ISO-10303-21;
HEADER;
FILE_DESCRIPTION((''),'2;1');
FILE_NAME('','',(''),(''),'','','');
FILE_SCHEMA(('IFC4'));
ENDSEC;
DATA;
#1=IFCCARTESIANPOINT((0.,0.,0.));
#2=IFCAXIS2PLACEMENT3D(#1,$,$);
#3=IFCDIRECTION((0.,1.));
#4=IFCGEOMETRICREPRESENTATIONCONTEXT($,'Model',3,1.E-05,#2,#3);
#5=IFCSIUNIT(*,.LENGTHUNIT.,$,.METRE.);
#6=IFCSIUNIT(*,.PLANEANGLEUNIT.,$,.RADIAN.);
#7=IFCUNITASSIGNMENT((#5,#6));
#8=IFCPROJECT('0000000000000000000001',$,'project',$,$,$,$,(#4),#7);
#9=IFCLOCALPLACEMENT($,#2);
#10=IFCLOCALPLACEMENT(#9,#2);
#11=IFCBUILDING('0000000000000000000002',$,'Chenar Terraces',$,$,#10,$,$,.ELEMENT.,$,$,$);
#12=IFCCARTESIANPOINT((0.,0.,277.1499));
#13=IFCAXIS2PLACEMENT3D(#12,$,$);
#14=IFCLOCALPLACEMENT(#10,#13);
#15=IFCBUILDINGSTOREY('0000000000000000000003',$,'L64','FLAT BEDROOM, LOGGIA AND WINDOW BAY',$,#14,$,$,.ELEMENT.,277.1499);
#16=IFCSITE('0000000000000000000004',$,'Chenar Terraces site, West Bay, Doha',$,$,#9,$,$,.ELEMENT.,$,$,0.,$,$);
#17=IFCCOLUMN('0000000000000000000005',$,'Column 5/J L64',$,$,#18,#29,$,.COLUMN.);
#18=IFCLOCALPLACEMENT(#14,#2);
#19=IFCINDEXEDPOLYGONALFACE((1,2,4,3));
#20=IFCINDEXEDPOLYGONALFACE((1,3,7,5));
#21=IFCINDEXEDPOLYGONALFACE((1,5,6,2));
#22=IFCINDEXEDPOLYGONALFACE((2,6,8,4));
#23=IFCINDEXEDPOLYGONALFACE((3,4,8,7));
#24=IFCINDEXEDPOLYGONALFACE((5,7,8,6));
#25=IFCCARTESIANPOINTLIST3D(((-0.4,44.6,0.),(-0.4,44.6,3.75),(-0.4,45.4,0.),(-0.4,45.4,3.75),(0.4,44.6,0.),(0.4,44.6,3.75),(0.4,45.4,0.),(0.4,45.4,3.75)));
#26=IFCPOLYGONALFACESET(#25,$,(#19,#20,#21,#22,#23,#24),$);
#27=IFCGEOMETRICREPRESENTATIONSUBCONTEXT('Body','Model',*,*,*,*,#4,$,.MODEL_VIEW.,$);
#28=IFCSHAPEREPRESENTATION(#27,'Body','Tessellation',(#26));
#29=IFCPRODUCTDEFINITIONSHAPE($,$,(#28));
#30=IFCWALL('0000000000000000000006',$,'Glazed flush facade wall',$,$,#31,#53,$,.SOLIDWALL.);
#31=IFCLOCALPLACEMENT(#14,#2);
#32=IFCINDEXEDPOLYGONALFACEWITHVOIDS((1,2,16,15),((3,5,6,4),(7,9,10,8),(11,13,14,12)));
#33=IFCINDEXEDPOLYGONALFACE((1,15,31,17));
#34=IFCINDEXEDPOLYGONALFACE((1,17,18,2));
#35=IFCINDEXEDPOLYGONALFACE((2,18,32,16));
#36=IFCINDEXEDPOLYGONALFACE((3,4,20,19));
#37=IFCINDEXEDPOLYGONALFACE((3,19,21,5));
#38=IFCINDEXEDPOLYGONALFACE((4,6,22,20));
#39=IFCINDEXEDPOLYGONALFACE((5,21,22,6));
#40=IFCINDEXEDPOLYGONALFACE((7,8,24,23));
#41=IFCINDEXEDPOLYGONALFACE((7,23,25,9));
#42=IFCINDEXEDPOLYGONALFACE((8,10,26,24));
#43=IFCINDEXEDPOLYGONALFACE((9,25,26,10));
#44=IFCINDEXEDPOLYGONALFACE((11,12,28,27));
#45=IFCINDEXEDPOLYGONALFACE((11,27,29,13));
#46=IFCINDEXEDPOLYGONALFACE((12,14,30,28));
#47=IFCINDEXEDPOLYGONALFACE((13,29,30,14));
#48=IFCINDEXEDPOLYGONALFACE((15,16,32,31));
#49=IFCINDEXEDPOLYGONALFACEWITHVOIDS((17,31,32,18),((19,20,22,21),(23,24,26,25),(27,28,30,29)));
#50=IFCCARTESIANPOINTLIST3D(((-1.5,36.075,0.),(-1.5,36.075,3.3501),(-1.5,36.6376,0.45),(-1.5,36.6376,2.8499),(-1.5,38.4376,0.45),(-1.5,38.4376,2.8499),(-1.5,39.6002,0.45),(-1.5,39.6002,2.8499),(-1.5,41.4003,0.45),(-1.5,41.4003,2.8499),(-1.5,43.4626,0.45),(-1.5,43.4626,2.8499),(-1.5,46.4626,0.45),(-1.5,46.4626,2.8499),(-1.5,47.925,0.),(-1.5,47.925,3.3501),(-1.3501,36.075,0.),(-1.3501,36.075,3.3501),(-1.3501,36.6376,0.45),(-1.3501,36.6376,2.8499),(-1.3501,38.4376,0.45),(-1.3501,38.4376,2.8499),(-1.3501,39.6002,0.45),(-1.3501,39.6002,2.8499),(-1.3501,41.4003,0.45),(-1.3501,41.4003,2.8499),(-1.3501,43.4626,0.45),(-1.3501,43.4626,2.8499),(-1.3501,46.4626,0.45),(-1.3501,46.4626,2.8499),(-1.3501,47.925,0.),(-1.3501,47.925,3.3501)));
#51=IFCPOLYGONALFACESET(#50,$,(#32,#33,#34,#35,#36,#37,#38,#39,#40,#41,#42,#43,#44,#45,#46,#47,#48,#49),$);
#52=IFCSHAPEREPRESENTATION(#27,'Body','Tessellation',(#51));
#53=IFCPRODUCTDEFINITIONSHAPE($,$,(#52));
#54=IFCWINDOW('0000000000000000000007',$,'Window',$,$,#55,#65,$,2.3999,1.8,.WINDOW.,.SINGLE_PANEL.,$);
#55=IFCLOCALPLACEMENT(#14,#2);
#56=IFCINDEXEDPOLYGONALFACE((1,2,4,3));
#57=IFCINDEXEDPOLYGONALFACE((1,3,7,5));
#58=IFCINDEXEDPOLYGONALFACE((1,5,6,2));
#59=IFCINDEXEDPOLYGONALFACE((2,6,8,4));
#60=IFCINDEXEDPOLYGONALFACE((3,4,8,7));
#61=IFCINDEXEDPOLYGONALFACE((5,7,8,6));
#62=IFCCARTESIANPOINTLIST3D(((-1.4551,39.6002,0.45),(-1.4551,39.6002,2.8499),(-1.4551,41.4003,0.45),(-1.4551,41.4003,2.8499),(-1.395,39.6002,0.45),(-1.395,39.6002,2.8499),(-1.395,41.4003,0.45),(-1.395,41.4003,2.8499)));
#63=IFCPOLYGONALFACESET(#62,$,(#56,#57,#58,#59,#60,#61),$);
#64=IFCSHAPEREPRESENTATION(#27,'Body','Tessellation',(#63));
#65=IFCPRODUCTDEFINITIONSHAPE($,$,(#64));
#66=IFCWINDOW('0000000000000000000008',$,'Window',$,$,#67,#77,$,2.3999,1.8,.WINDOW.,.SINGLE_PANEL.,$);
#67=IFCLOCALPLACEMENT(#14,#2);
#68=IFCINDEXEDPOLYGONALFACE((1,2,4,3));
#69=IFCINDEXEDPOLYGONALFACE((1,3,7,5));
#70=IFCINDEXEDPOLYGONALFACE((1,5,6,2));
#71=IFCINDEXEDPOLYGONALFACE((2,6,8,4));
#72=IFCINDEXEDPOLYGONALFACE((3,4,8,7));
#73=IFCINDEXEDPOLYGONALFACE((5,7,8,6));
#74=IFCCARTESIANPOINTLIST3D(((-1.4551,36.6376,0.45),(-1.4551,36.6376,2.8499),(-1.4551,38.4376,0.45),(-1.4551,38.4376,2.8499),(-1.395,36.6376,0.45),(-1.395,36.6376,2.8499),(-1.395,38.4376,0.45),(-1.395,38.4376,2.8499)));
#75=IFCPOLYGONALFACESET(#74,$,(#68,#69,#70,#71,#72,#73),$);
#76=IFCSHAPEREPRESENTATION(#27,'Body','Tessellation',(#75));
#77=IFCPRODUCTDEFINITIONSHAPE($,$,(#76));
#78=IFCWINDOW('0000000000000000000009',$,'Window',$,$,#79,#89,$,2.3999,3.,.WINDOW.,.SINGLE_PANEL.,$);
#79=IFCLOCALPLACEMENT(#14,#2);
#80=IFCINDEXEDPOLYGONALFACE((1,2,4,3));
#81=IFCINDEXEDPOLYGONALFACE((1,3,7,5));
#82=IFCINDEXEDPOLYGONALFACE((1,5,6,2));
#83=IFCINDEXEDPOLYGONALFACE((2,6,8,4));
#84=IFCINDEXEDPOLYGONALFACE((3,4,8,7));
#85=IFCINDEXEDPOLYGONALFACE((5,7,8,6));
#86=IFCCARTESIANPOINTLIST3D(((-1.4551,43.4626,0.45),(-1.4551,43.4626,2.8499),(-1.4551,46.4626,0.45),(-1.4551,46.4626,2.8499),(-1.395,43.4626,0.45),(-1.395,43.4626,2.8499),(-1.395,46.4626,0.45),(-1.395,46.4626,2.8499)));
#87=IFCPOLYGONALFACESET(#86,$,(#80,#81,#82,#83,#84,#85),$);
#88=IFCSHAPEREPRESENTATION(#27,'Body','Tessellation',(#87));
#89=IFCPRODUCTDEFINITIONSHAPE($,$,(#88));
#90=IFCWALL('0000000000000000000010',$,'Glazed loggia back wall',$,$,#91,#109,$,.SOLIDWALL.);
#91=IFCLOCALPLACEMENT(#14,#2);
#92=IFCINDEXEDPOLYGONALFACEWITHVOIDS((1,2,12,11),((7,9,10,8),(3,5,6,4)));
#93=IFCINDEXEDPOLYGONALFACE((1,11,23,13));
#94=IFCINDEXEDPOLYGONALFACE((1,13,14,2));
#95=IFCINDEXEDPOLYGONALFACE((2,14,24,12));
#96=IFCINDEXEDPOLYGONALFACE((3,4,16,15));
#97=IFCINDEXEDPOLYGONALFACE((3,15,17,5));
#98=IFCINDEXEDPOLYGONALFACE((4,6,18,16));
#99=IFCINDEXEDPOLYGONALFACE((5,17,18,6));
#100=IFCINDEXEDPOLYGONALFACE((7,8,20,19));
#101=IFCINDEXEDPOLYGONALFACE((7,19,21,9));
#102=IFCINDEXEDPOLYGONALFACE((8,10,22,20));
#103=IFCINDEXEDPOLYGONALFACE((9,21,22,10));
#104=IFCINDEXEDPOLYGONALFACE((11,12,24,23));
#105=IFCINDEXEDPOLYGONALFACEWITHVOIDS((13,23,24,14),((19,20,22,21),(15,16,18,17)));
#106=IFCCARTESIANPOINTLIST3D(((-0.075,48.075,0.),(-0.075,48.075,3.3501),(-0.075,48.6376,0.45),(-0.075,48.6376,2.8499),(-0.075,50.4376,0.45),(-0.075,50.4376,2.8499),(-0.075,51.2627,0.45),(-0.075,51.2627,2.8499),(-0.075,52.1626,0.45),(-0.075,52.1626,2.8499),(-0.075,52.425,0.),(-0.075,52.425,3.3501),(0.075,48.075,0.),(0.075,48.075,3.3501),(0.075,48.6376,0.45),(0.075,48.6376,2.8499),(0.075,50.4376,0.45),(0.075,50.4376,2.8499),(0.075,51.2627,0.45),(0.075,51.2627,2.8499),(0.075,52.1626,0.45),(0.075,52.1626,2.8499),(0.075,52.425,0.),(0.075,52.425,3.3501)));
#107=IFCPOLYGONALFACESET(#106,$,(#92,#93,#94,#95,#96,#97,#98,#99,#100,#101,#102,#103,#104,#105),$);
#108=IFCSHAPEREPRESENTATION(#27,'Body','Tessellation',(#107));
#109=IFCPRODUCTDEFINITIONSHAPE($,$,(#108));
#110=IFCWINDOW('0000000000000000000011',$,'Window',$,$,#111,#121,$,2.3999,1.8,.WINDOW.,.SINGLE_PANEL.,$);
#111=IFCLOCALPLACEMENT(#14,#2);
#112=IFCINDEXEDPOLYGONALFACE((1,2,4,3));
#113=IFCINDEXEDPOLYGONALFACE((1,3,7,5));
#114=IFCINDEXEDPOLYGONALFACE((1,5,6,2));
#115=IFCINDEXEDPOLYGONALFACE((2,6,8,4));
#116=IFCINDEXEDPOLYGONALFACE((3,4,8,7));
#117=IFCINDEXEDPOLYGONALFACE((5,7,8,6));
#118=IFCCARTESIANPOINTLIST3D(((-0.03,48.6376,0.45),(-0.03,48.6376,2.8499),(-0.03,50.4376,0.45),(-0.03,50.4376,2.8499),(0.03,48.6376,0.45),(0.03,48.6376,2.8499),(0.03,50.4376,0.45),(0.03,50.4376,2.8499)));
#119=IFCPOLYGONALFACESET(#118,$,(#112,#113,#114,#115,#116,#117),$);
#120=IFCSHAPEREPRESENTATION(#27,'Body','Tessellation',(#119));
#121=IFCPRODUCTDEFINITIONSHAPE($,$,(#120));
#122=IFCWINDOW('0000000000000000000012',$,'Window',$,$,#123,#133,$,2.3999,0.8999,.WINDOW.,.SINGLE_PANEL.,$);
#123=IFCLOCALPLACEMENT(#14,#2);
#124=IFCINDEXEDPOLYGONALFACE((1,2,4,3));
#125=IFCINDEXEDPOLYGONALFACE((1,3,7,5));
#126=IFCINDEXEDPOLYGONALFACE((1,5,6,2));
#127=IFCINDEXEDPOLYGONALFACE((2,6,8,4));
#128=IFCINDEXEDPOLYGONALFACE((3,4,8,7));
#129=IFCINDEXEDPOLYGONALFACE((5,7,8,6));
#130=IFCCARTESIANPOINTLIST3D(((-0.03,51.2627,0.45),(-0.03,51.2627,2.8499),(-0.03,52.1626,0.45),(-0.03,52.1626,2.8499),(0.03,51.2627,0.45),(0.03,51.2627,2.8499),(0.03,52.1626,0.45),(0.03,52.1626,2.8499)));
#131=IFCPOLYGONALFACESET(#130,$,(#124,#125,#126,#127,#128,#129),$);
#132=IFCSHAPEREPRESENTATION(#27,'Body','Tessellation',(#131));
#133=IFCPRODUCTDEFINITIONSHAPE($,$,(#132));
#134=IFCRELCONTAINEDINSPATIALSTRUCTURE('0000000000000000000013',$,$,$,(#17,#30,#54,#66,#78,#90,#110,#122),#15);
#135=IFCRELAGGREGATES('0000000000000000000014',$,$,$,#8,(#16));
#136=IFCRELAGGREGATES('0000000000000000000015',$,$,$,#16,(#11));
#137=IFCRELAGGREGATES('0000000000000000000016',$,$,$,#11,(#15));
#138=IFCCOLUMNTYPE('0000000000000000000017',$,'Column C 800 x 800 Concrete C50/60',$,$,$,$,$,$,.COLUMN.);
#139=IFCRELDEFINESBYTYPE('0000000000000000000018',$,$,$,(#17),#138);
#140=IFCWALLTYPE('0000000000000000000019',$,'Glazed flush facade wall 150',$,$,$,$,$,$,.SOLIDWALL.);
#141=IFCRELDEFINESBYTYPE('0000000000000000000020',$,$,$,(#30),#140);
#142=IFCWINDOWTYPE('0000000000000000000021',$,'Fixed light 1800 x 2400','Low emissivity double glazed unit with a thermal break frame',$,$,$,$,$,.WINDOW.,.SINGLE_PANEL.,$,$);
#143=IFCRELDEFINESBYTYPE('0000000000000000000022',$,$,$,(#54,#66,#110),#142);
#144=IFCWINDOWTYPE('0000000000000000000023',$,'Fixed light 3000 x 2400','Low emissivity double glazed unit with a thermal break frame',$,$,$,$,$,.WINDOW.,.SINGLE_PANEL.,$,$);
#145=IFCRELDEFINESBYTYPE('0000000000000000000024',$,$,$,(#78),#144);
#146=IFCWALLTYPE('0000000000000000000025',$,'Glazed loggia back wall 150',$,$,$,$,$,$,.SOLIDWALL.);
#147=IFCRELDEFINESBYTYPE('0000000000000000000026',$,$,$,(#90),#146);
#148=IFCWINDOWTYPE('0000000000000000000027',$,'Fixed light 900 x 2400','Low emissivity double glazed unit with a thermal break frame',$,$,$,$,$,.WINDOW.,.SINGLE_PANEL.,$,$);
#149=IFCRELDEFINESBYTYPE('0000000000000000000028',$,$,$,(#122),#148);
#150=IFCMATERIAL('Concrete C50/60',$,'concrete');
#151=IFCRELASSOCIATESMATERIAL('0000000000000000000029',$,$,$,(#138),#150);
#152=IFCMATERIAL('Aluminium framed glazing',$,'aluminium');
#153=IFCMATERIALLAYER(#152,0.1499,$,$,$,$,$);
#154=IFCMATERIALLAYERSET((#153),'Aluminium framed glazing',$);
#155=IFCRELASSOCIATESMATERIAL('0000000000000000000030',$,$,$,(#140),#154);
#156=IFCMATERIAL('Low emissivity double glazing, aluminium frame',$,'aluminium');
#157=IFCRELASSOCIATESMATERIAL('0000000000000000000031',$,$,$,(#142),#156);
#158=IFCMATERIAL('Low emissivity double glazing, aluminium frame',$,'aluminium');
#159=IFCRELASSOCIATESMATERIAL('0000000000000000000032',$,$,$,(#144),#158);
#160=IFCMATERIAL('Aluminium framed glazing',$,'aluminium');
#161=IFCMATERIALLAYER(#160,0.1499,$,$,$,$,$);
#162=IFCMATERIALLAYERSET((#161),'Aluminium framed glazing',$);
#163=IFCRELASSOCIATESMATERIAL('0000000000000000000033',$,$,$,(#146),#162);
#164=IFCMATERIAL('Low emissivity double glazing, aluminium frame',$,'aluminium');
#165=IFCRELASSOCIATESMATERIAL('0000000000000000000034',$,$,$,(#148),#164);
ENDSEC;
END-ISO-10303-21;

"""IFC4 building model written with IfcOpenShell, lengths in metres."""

from ifc_helpers import new_model, si_unit, direction, frame, frame_2d, origin, origin_2d, place, context, subcontext, project, spatial, rectangle, extrude, material, layer, layer_set, material_profile, profile_set, type_object, element, fill, save


model = new_model("IFC4")

# Units and contexts
model_context = context("Model", 3, precision=1e-05, world=origin(), true_north=direction((0.0, 1.0)))
body_context = subcontext(model_context, "Body", "Model", "MODEL_VIEW")
ifc_project = project(units=[si_unit("LENGTHUNIT", "METRE"), si_unit("PLANEANGLEUNIT", "RADIAN")], contexts=[model_context])

# Site, building, storey
site_placement = place(None, origin())
site = spatial("IfcSite", under=ifc_project, at=site_placement, Name="Chenar Terraces site, West Bay, Doha", CompositionType="ELEMENT", RefElevation=0.0)
building_placement = place(site_placement, origin())
building = spatial("IfcBuilding", under=site, at=building_placement, Name="Chenar Terraces", CompositionType="ELEMENT")
storey_placement = place(building_placement, frame((0.0, 0.0, 277.1499)))
storey = spatial("IfcBuildingStorey", under=building, at=storey_placement, Name="L64", Description="FLAT BEDROOM, LOGGIA AND WINDOW BAY", CompositionType="ELEMENT", Elevation=277.1499)

# Column
ifc_material_1 = material(Name="Concrete C50/60", Category="concrete")
ifc_material_profile = material_profile(ifc_material_1, rectangle(XDim=0.8, YDim=0.8, at=origin_2d()), Name="C 800 x 800")
ifc_profile_set = profile_set([ifc_material_profile], Name="Concrete C50/60")
column_type = type_object("IfcColumnType", Name="Column C 800 x 800 Concrete C50/60", PredefinedType="COLUMN", material=ifc_profile_set)
column_placement = place(storey_placement, frame((0.0, 45.0, 0.0), z_axis=(0.0, 0.0, 1.0), x_axis=(1.0, 0.0, 0.0)))
element("IfcColumn", 1, at=column_placement, inside=storey, type_object=column_type, Name="Column 5/J L64", PredefinedType="COLUMN", context=body_context, shape_type="SweptSolid", body=[
    extrude(rectangle(XDim=0.8, YDim=0.8, at=origin_2d()), origin(), (0.0, 0.0, 1.0), 3.75),
])

# Walls, openings, windows
ifc_material_2 = material(Name="Aluminium framed glazing", Category="aluminium")
ifc_layer_1 = layer(ifc_material_2, 0.1499)
ifc_layer_set_1 = layer_set([ifc_layer_1], Name="Aluminium framed glazing")
wall_type_1 = type_object("IfcWallType", Name="Glazed flush facade wall 150", PredefinedType="SOLIDWALL", material=ifc_layer_set_1)
wall_1_placement = place(storey_placement, frame((-1.425, 47.925, 0.0), z_axis=(0.0, 0.0, 1.0), x_axis=(0.0, -1.0, 0.0)))
wall_1 = element("IfcWall", 2, at=wall_1_placement, inside=storey, type_object=wall_type_1, Name="Glazed flush facade wall", PredefinedType="SOLIDWALL", context=body_context, shape_type="SweptSolid", body=[
    extrude(rectangle(XDim=11.8501, YDim=0.1499, at=frame_2d((5.925, 0.0))), origin(), (0.0, 0.0, 1.0), 3.3501),
])
opening_1_placement = place(wall_1_placement, frame((1.4624, 0.0, 0.45)))
opening_1 = element("IfcOpeningElement", 3, at=opening_1_placement, cuts=wall_1, PredefinedType="OPENING", context=body_context, shape_type="SweptSolid", body=[
    extrude(rectangle(XDim=3.0, YDim=2.3999, at=frame_2d((1.5, 1.2))), frame((0.0, 0.085, 0.0), z_axis=(0.0, -1.0, 0.0), x_axis=(1.0, 0.0, 0.0)), (0.0, 0.0, 1.0), 0.1699),
])
opening_2_placement = place(wall_1_placement, frame((6.5249, 0.0, 0.45)))
opening_2 = element("IfcOpeningElement", 4, at=opening_2_placement, cuts=wall_1, PredefinedType="OPENING", context=body_context, shape_type="SweptSolid", body=[
    extrude(rectangle(XDim=1.8, YDim=2.3999, at=frame_2d((0.8999, 1.2))), frame((0.0, 0.085, 0.0), z_axis=(0.0, -1.0, 0.0), x_axis=(1.0, 0.0, 0.0)), (0.0, 0.0, 1.0), 0.1699),
])
opening_3_placement = place(wall_1_placement, frame((9.4875, 0.0, 0.45)))
opening_3 = element("IfcOpeningElement", 5, at=opening_3_placement, cuts=wall_1, PredefinedType="OPENING", context=body_context, shape_type="SweptSolid", body=[
    extrude(rectangle(XDim=1.8, YDim=2.3999, at=frame_2d((0.8999, 1.2))), frame((0.0, 0.085, 0.0), z_axis=(0.0, -1.0, 0.0), x_axis=(1.0, 0.0, 0.0)), (0.0, 0.0, 1.0), 0.1699),
])
ifc_material_3 = material(Name="Low emissivity double glazing, aluminium frame", Category="aluminium")
window_type_1 = type_object("IfcWindowType", Name="Fixed light 1800 x 2400", Description="Low emissivity double glazed unit with a thermal break frame", PartitioningType="SINGLE_PANEL", PredefinedType="WINDOW", material=ifc_material_3)
window_1_placement = place(opening_2_placement, origin())
window_1 = element("IfcWindow", 6, at=window_1_placement, inside=storey, type_object=window_type_1, Name="Window", OverallHeight=2.3999, OverallWidth=1.8, PartitioningType="SINGLE_PANEL", PredefinedType="WINDOW", context=body_context, shape_type="SweptSolid", body=[
    extrude(rectangle(XDim=1.8, YDim=2.3999, at=frame_2d((0.8999, 1.2))), frame((0.0, 0.03, 0.0), z_axis=(0.0, -1.0, 0.0), x_axis=(1.0, 0.0, 0.0)), (0.0, 0.0, 1.0), 0.0601),
])
fill(opening_2, window_1)
window_2_placement = place(opening_3_placement, origin())
window_2 = element("IfcWindow", 7, at=window_2_placement, inside=storey, type_object=window_type_1, Name="Window", OverallHeight=2.3999, OverallWidth=1.8, PartitioningType="SINGLE_PANEL", PredefinedType="WINDOW", context=body_context, shape_type="SweptSolid", body=[
    extrude(rectangle(XDim=1.8, YDim=2.3999, at=frame_2d((0.8999, 1.2))), frame((0.0, 0.03, 0.0), z_axis=(0.0, -1.0, 0.0), x_axis=(1.0, 0.0, 0.0)), (0.0, 0.0, 1.0), 0.0601),
])
fill(opening_3, window_2)
ifc_material_4 = material(Name="Low emissivity double glazing, aluminium frame", Category="aluminium")
window_type_2 = type_object("IfcWindowType", Name="Fixed light 3000 x 2400", Description="Low emissivity double glazed unit with a thermal break frame", PartitioningType="SINGLE_PANEL", PredefinedType="WINDOW", material=ifc_material_4)
window_3_placement = place(opening_1_placement, origin())
window_3 = element("IfcWindow", 8, at=window_3_placement, inside=storey, type_object=window_type_2, Name="Window", OverallHeight=2.3999, OverallWidth=3.0, PartitioningType="SINGLE_PANEL", PredefinedType="WINDOW", context=body_context, shape_type="SweptSolid", body=[
    extrude(rectangle(XDim=3.0, YDim=2.3999, at=frame_2d((1.5, 1.2))), frame((0.0, 0.03, 0.0), z_axis=(0.0, -1.0, 0.0), x_axis=(1.0, 0.0, 0.0)), (0.0, 0.0, 1.0), 0.0601),
])
fill(opening_1, window_3)
ifc_material_5 = material(Name="Aluminium framed glazing", Category="aluminium")
ifc_layer_2 = layer(ifc_material_5, 0.1499)
ifc_layer_set_2 = layer_set([ifc_layer_2], Name="Aluminium framed glazing")
wall_type_2 = type_object("IfcWallType", Name="Glazed loggia back wall 150", PredefinedType="SOLIDWALL", material=ifc_layer_set_2)
wall_2_placement = place(storey_placement, frame((0.0, 52.425, 0.0), z_axis=(0.0, 0.0, 1.0), x_axis=(0.0, -1.0, 0.0)))
wall_2 = element("IfcWall", 9, at=wall_2_placement, inside=storey, type_object=wall_type_2, Name="Glazed loggia back wall", PredefinedType="SOLIDWALL", context=body_context, shape_type="SweptSolid", body=[
    extrude(rectangle(XDim=4.3501, YDim=0.1499, at=frame_2d((2.175, 0.0))), origin(), (0.0, 0.0, 1.0), 3.3501),
])
opening_4_placement = place(wall_2_placement, frame((0.2625, 0.0, 0.45)))
opening_4 = element("IfcOpeningElement", 10, at=opening_4_placement, cuts=wall_2, PredefinedType="OPENING", context=body_context, shape_type="SweptSolid", body=[
    extrude(rectangle(XDim=0.8999, YDim=2.3999, at=frame_2d((0.45, 1.2))), frame((0.0, 0.085, 0.0), z_axis=(0.0, -1.0, 0.0), x_axis=(1.0, 0.0, 0.0)), (0.0, 0.0, 1.0), 0.1699),
])
opening_5_placement = place(wall_2_placement, frame((1.9875, 0.0, 0.45)))
opening_5 = element("IfcOpeningElement", 11, at=opening_5_placement, cuts=wall_2, PredefinedType="OPENING", context=body_context, shape_type="SweptSolid", body=[
    extrude(rectangle(XDim=1.8, YDim=2.3999, at=frame_2d((0.8999, 1.2))), frame((0.0, 0.085, 0.0), z_axis=(0.0, -1.0, 0.0), x_axis=(1.0, 0.0, 0.0)), (0.0, 0.0, 1.0), 0.1699),
])
window_4_placement = place(opening_5_placement, origin())
window_4 = element("IfcWindow", 12, at=window_4_placement, inside=storey, type_object=window_type_1, Name="Window", OverallHeight=2.3999, OverallWidth=1.8, PartitioningType="SINGLE_PANEL", PredefinedType="WINDOW", context=body_context, shape_type="SweptSolid", body=[
    extrude(rectangle(XDim=1.8, YDim=2.3999, at=frame_2d((0.8999, 1.2))), frame((0.0, 0.03, 0.0), z_axis=(0.0, -1.0, 0.0), x_axis=(1.0, 0.0, 0.0)), (0.0, 0.0, 1.0), 0.0601),
])
fill(opening_5, window_4)
ifc_material_6 = material(Name="Low emissivity double glazing, aluminium frame", Category="aluminium")
window_type_3 = type_object("IfcWindowType", Name="Fixed light 900 x 2400", Description="Low emissivity double glazed unit with a thermal break frame", PartitioningType="SINGLE_PANEL", PredefinedType="WINDOW", material=ifc_material_6)
window_5_placement = place(opening_4_placement, origin())
window_5 = element("IfcWindow", 13, at=window_5_placement, inside=storey, type_object=window_type_3, Name="Window", OverallHeight=2.3999, OverallWidth=0.8999, PartitioningType="SINGLE_PANEL", PredefinedType="WINDOW", context=body_context, shape_type="SweptSolid", body=[
    extrude(rectangle(XDim=0.8999, YDim=2.3999, at=frame_2d((0.45, 1.2))), frame((0.0, 0.03, 0.0), z_axis=(0.0, -1.0, 0.0), x_axis=(1.0, 0.0, 0.0)), (0.0, 0.0, 1.0), 0.0601),
])
fill(opening_4, window_5)

save(model, "model.ifc")
